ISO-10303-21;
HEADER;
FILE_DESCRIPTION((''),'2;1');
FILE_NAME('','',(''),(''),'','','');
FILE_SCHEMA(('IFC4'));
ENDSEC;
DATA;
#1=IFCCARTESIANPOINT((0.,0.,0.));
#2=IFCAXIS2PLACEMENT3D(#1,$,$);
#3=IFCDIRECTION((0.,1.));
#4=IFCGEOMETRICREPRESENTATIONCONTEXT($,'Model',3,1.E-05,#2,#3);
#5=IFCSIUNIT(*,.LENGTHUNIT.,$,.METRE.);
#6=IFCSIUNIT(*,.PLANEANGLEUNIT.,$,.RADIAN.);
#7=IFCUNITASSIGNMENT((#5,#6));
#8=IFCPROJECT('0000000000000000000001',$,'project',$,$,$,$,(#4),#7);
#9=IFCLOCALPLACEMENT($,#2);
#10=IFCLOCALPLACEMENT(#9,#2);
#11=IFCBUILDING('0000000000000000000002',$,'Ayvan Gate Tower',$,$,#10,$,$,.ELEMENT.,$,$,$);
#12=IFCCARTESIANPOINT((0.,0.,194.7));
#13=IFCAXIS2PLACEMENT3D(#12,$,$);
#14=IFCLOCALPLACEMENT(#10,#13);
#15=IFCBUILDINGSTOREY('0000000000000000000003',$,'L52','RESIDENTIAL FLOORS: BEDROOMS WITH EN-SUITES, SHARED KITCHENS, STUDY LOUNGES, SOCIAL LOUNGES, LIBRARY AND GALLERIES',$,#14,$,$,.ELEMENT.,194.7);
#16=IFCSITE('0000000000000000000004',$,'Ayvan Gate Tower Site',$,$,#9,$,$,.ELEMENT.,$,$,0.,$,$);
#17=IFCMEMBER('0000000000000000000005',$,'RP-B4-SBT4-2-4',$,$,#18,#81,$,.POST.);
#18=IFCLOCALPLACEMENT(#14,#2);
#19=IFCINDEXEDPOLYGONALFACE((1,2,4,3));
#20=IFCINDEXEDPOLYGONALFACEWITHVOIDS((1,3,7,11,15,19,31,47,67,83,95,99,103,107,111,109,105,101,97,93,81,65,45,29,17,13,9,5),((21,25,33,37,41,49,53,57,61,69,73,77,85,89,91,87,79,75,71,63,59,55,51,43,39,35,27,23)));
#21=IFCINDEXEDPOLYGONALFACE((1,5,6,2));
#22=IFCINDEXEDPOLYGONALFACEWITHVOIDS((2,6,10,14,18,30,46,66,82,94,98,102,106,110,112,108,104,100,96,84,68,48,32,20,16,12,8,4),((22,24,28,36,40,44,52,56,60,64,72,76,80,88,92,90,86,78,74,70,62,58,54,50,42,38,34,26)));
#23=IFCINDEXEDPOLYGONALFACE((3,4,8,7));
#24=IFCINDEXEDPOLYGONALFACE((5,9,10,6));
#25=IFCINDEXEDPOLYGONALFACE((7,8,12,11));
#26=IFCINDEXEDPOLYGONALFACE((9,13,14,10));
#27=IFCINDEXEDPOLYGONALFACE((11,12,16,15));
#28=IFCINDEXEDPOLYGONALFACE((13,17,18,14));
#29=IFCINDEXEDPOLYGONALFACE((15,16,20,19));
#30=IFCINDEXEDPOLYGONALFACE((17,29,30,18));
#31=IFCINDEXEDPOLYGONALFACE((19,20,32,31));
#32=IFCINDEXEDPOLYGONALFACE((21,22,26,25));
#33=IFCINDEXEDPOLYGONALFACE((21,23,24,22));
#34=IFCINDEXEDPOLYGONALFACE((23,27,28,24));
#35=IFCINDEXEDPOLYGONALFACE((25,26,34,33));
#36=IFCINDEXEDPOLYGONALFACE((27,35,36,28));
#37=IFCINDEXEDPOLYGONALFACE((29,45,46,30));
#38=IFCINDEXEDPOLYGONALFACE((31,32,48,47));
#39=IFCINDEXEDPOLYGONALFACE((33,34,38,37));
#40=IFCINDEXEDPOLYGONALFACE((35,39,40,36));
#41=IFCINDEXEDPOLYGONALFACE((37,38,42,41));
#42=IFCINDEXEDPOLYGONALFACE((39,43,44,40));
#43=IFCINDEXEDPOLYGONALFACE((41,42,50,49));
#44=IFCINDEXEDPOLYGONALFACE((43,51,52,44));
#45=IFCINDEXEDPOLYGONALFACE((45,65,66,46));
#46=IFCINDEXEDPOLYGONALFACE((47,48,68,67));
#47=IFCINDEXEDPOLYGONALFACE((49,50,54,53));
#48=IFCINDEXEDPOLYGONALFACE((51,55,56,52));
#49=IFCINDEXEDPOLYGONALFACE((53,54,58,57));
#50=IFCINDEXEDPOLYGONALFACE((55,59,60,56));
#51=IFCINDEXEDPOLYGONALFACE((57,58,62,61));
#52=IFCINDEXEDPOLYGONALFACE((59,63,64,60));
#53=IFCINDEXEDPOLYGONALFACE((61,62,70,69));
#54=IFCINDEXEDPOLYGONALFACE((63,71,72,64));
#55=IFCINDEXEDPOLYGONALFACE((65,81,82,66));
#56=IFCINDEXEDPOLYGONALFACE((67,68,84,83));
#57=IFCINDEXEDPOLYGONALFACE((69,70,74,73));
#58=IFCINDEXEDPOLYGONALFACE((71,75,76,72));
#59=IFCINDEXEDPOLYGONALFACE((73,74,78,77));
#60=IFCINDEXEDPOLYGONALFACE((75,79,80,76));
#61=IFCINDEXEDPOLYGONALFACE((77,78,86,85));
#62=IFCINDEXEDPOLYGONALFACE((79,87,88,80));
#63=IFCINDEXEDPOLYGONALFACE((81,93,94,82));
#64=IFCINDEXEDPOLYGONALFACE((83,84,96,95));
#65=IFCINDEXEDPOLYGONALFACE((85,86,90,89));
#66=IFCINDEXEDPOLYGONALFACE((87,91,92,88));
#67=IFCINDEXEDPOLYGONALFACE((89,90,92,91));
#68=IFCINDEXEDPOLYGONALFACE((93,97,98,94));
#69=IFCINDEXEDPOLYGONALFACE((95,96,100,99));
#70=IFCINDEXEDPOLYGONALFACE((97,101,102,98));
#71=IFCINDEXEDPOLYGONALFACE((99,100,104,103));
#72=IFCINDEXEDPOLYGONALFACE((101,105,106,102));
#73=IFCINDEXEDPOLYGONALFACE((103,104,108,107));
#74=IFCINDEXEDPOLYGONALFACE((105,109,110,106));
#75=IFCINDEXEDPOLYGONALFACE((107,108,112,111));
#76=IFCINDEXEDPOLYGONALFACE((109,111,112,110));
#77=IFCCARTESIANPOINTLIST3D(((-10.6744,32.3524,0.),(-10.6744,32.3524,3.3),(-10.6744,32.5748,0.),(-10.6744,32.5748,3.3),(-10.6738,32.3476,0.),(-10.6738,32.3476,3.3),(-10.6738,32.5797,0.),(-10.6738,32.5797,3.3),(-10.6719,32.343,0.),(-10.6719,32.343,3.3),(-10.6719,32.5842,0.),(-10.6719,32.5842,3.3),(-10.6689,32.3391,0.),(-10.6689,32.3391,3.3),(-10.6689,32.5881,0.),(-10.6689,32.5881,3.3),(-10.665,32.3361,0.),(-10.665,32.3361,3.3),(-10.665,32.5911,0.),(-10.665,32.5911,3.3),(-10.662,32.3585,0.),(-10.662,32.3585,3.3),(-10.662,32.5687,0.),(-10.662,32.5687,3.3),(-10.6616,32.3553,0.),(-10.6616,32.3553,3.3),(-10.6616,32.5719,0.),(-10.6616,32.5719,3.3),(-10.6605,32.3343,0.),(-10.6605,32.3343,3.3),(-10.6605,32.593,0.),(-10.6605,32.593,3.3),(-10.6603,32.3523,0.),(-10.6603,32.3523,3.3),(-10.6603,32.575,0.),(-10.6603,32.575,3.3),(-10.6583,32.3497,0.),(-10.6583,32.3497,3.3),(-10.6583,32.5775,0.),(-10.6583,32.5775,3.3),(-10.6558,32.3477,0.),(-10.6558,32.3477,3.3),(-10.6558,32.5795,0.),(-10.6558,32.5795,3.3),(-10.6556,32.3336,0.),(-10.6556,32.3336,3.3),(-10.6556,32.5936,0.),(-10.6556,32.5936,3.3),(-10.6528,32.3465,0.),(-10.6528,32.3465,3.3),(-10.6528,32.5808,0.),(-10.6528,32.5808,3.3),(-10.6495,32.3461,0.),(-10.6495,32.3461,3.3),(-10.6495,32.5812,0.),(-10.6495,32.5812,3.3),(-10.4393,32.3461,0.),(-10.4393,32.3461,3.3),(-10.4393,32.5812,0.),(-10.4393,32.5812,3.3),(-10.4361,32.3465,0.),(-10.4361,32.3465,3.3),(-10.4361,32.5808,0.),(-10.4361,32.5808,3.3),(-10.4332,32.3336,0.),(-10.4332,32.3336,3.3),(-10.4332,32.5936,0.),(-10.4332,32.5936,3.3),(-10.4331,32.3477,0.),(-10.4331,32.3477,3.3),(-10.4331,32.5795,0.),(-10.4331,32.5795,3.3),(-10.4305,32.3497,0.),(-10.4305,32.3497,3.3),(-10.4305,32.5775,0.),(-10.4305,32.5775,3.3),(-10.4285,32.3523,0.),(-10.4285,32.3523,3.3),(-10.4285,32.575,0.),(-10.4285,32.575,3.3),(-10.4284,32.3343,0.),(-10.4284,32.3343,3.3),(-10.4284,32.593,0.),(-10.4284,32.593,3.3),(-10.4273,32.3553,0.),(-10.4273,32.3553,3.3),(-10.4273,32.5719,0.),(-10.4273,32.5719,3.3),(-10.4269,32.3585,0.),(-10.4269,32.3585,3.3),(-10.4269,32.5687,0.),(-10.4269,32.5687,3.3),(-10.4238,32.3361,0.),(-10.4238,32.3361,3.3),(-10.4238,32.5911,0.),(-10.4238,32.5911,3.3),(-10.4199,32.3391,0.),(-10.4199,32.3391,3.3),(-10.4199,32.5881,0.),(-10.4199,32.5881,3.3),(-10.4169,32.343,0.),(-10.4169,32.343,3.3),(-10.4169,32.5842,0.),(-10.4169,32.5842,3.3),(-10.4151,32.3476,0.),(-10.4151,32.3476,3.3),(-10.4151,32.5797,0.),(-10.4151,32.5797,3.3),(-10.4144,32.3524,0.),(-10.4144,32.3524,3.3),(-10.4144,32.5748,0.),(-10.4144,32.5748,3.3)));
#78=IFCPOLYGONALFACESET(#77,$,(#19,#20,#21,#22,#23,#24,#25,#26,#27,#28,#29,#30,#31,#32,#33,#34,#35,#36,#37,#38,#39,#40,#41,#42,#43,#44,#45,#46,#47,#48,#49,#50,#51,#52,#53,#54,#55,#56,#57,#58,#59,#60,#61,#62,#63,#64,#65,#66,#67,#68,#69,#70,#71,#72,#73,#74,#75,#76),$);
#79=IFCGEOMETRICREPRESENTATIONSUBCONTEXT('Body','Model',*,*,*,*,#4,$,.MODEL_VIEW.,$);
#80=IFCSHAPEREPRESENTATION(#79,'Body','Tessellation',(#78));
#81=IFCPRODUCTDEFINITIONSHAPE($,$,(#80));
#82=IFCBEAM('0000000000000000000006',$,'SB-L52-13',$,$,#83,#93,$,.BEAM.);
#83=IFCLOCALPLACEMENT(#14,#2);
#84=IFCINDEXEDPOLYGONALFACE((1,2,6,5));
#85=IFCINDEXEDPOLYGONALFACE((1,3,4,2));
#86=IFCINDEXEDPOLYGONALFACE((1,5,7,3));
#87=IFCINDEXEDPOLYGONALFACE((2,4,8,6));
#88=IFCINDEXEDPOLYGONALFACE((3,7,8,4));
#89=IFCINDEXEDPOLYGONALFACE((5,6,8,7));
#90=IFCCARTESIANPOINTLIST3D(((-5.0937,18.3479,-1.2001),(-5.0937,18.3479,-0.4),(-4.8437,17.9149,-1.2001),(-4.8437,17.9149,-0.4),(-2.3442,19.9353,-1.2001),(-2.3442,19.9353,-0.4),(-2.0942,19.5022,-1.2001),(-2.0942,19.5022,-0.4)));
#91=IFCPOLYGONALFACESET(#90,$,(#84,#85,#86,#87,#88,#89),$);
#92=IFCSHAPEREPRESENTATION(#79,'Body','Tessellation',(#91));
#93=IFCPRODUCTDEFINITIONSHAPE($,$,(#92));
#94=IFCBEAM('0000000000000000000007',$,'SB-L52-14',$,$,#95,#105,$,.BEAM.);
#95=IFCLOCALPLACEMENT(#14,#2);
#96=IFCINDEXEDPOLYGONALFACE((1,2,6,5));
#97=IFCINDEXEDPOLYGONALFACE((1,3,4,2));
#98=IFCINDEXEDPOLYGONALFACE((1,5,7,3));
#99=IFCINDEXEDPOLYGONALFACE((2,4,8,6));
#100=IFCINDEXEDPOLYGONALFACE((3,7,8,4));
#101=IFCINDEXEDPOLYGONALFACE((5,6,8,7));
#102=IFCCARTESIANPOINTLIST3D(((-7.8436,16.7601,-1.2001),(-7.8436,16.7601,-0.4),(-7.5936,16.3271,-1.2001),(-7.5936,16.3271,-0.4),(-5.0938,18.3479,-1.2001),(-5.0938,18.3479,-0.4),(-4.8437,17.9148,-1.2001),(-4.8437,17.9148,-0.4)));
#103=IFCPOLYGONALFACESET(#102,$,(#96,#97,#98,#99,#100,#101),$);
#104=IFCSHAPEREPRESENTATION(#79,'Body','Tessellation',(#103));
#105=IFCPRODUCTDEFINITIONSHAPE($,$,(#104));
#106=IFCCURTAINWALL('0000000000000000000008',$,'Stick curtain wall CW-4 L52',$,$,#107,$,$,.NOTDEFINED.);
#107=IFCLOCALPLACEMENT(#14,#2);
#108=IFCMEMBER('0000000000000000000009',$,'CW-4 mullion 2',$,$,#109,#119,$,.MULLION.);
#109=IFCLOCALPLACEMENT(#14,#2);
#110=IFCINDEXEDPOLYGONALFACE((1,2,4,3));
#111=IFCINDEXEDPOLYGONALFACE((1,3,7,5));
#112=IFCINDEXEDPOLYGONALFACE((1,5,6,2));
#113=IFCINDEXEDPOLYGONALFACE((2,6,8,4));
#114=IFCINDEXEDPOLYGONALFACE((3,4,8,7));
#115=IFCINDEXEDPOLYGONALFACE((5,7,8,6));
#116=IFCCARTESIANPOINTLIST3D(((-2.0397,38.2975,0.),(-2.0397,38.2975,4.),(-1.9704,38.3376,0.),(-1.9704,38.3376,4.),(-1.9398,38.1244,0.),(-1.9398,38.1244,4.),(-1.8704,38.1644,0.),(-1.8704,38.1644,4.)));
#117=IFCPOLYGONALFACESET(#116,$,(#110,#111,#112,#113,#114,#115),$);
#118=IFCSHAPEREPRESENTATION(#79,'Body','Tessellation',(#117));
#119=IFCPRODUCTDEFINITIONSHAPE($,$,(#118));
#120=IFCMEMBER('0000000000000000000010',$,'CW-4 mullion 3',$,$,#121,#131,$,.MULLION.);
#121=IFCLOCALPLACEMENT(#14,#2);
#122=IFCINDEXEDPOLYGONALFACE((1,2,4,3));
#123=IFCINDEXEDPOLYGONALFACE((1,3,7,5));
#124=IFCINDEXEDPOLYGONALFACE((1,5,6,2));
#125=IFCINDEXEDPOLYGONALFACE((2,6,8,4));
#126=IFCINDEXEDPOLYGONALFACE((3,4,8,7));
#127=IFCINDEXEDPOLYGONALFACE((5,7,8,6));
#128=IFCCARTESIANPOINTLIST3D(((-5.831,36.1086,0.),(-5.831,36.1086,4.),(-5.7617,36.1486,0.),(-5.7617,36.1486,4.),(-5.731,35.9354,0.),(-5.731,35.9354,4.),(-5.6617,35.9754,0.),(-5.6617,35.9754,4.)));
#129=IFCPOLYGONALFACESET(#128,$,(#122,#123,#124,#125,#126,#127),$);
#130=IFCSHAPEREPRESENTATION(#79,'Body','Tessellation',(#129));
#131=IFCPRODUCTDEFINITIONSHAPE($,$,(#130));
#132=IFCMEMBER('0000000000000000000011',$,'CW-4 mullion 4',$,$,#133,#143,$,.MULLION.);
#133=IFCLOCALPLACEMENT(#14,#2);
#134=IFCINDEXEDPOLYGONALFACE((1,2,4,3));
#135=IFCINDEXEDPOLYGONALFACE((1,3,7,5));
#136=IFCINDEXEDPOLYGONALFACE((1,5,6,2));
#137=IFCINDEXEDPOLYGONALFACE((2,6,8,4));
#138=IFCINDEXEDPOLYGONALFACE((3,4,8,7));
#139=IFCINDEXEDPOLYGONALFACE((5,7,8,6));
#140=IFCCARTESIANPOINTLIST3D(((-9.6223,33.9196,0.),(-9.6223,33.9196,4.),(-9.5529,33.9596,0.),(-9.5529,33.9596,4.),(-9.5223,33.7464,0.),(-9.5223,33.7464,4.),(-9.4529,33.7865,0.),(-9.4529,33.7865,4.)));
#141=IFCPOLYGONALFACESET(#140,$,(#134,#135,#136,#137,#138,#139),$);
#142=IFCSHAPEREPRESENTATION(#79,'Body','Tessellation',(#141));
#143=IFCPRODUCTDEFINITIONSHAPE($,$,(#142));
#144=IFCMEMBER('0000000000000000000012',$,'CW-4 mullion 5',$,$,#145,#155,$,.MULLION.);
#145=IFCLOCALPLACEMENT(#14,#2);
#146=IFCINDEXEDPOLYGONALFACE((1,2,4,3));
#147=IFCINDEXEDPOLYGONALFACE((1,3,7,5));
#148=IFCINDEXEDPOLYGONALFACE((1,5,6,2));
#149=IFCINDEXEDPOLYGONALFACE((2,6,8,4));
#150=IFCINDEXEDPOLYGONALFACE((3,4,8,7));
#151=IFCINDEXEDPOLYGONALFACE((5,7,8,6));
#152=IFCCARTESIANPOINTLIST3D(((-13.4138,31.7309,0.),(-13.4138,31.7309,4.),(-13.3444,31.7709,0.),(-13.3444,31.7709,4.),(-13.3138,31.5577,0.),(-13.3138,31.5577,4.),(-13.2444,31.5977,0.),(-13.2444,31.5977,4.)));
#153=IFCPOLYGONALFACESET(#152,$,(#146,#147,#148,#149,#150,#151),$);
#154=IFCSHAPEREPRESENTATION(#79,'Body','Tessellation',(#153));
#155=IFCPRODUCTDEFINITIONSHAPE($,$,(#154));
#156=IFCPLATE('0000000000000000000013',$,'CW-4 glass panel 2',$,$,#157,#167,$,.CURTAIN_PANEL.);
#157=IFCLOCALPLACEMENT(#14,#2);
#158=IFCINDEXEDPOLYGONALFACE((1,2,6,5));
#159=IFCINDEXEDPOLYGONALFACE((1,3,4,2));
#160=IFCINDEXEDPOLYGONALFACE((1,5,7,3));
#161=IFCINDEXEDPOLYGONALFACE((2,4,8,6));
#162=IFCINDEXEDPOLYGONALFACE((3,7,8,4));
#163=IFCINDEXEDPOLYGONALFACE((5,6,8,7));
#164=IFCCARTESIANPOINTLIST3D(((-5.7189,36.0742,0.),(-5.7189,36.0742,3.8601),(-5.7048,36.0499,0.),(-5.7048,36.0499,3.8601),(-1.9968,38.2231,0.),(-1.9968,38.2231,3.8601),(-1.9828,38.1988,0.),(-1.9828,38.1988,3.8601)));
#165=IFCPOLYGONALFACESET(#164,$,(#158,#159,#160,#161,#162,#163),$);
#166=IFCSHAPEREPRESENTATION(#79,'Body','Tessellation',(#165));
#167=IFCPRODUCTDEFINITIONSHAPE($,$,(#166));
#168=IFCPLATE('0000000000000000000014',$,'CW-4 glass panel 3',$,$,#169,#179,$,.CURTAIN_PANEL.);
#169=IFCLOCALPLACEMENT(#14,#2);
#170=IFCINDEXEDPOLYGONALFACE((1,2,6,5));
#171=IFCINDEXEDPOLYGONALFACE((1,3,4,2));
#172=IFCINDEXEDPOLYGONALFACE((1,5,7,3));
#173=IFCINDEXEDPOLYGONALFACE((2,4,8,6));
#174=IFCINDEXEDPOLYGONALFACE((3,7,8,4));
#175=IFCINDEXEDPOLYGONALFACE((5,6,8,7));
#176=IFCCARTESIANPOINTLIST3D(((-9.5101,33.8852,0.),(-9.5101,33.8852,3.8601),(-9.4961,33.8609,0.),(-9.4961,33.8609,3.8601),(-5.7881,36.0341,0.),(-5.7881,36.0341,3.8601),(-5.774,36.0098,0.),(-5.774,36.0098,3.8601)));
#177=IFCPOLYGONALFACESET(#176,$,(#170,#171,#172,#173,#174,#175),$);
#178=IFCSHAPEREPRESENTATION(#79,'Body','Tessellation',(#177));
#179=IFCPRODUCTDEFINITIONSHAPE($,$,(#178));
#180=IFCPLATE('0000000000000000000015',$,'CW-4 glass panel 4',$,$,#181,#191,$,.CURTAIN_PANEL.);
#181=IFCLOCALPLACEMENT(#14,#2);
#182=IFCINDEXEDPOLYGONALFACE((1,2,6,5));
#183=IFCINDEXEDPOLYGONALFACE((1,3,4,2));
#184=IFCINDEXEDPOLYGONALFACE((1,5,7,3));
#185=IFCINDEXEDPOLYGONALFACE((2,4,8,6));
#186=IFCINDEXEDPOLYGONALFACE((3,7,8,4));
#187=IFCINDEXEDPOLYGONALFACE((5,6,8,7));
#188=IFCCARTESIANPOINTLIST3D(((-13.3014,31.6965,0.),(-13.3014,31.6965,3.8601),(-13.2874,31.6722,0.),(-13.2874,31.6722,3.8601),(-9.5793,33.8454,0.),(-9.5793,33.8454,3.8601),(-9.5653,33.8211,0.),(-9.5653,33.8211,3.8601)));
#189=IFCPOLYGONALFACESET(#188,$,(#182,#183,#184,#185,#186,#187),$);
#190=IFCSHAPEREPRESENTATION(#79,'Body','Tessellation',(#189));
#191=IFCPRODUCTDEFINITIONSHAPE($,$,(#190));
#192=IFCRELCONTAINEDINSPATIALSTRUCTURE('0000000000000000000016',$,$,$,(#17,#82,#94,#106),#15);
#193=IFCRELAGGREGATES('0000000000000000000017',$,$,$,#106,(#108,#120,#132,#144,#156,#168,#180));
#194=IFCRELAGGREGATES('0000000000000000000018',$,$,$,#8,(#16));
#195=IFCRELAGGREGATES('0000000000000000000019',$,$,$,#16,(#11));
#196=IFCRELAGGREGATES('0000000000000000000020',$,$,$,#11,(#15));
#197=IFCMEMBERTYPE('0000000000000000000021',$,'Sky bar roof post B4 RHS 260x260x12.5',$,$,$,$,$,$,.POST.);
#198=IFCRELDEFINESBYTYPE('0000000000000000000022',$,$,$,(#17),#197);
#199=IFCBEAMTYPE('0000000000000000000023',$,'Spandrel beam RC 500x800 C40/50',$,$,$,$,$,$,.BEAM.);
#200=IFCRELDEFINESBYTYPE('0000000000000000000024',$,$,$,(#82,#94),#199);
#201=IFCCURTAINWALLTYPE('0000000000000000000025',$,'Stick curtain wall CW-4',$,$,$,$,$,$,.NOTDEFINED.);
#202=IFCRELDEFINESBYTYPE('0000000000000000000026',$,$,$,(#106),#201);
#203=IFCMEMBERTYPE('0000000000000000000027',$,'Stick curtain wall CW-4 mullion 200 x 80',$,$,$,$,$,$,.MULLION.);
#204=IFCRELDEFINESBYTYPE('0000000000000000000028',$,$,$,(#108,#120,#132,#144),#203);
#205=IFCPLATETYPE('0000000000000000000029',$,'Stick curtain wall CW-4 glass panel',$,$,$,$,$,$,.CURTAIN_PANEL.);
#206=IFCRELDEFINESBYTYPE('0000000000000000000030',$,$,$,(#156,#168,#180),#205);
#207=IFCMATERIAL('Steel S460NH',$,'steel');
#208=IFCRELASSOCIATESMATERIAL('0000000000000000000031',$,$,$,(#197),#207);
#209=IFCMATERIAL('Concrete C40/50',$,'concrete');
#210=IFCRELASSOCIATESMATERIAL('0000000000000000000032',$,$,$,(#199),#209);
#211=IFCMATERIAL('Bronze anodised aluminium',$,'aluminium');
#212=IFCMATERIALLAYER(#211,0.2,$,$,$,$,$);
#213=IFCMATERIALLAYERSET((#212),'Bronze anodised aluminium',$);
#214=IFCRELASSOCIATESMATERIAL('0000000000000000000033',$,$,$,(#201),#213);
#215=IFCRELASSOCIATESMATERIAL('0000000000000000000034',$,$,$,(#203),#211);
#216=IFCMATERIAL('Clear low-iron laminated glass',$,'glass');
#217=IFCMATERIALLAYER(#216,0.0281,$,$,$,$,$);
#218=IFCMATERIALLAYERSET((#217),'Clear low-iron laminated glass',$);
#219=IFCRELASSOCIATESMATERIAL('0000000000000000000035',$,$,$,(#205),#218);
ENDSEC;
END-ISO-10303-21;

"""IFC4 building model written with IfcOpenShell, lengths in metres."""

from ifc_helpers import new_model, si_unit, direction, frame, origin, origin_2d, place, context, subcontext, project, spatial, rectangle, hollow_rectangle, extrude, material, layer, layer_set, material_profile, profile_set, type_object, element, aggregate, save


model = new_model("IFC4")

# Units and contexts
model_context = context("Model", 3, precision=1e-05, world=origin(), true_north=direction((0.0, 1.0)))
body_context = subcontext(model_context, "Body", "Model", "MODEL_VIEW")
ifc_project = project(units=[si_unit("LENGTHUNIT", "METRE"), si_unit("PLANEANGLEUNIT", "RADIAN")], contexts=[model_context])

# Site, building, storey
site_placement = place(None, origin())
site = spatial("IfcSite", under=ifc_project, at=site_placement, Name="Ayvan Gate Tower Site", CompositionType="ELEMENT", RefElevation=0.0)
building_placement = place(site_placement, origin())
building = spatial("IfcBuilding", under=site, at=building_placement, Name="Ayvan Gate Tower", CompositionType="ELEMENT")
storey_placement = place(building_placement, frame((0.0, 0.0, 194.7)))
storey = spatial("IfcBuildingStorey", under=building, at=storey_placement, Name="L52", Description="RESIDENTIAL FLOORS: BEDROOMS WITH EN-SUITES, SHARED KITCHENS, STUDY LOUNGES, SOCIAL LOUNGES, LIBRARY AND GALLERIES", CompositionType="ELEMENT", Elevation=194.7)

# Shared definitions
ifc_material_1 = material(Name="Concrete C40/50", Category="concrete")

# Member
ifc_material_2 = material(Name="Steel S460NH", Category="steel")
ifc_material_profile_1 = material_profile(ifc_material_2, hollow_rectangle(XDim=0.26, YDim=0.26, WallThickness=0.0125, InnerFilletRadius=0.0125, OuterFilletRadius=0.0188, at=origin_2d()), Name="RHS 260x260x12.5")
ifc_profile_set_1 = profile_set([ifc_material_profile_1], Name="Steel S460NH")
member_type_1 = type_object("IfcMemberType", Name="Sky bar roof post B4 RHS 260x260x12.5", PredefinedType="POST", material=ifc_profile_set_1)
for number, where, z_axis, x_axis, name in (
    (1, (-10.5444, 32.4636, 0.0), (0.0, 0.0, 1.0), (1.0, 0.0, 0.0), "RP-B4-SBT4-2-4"),
):
    element("IfcMember", number, at=place(storey_placement, frame(where, z_axis=z_axis, x_axis=x_axis)), inside=storey, type_object=member_type_1, Name=name, PredefinedType="POST", context=body_context, shape_type="SweptSolid", body=[
        extrude(hollow_rectangle(XDim=0.26, YDim=0.26, WallThickness=0.0125, InnerFilletRadius=0.0125, OuterFilletRadius=0.0188, at=origin_2d()), origin(), (0.0, 0.0, 1.0), 3.3),
    ])

# Beams
ifc_material_profile_2 = material_profile(ifc_material_1, rectangle(XDim=0.5, YDim=0.8, at=origin_2d()), Name="RC 500x800")
ifc_profile_set_2 = profile_set([ifc_material_profile_2], Name="Concrete C40/50")
beam_type_1 = type_object("IfcBeamType", Name="Spandrel beam RC 500x800 C40/50", PredefinedType="BEAM", material=ifc_profile_set_2)
beam_1_placement = place(storey_placement, frame((-2.2192, 19.7188, -0.8), z_axis=(-0.866029, -0.499993, 0.0), x_axis=(0.499993, -0.866029, 0.0)))
element("IfcBeam", 2, at=beam_1_placement, inside=storey, type_object=beam_type_1, Name="SB-L52-13", PredefinedType="BEAM", context=body_context, shape_type="SweptSolid", body=[
    extrude(rectangle(XDim=0.5, YDim=0.8, at=origin_2d()), origin(), (0.0, 0.0, 1.0), 3.1748),
])
beam_2_placement = place(storey_placement, frame((-4.9688, 18.1313, -0.8), z_axis=(-0.866015, -0.500018, 0.0), x_axis=(0.500018, -0.866015, 0.0)))
element("IfcBeam", 3, at=beam_2_placement, inside=storey, type_object=beam_type_1, Name="SB-L52-14", PredefinedType="BEAM", context=body_context, shape_type="SweptSolid", body=[
    extrude(rectangle(XDim=0.5, YDim=0.8, at=origin_2d()), origin(), (0.0, 0.0, 1.0), 3.1753),
])

# Curtain wall, members, plates
ifc_material_3 = material(Name="Bronze anodised aluminium", Category="aluminium")
ifc_layer_1 = layer(ifc_material_3, 0.2)
ifc_layer_set_1 = layer_set([ifc_layer_1], Name="Bronze anodised aluminium")
curtain_wall_type = type_object("IfcCurtainWallType", Name="Stick curtain wall CW-4", PredefinedType="NOTDEFINED", material=ifc_layer_set_1)
curtain_wall_placement = place(storey_placement, origin())
curtain_wall = element("IfcCurtainWall", 4, at=curtain_wall_placement, inside=storey, type_object=curtain_wall_type, Name="Stick curtain wall CW-4 L52", PredefinedType="NOTDEFINED")
ifc_material_profile_3 = material_profile(ifc_material_3, rectangle(XDim=0.2, YDim=0.0801, at=origin_2d()), Name="Stick curtain wall CW-4 mullion 200 x 80")
ifc_profile_set_3 = profile_set([ifc_material_profile_3], Name="Bronze anodised aluminium")
member_type_2 = type_object("IfcMemberType", Name="Stick curtain wall CW-4 mullion 200 x 80", PredefinedType="MULLION", material=ifc_profile_set_3)
member_1_placement = place(storey_placement, frame((-1.9551, 38.231, 0.0), z_axis=(0.0, 0.0, 1.0), x_axis=(-0.5, 0.866025, 0.0)))
member_1 = element("IfcMember", 5, at=member_1_placement, type_object=member_type_2, Name="CW-4 mullion 2", PredefinedType="MULLION", context=body_context, shape_type="SweptSolid", body=[
    extrude(rectangle(XDim=0.2, YDim=0.0801, at=origin_2d()), origin(), (0.0, 0.0, 1.0), 4.0),
])
member_2_placement = place(storey_placement, frame((-5.7463, 36.042, 0.0), z_axis=(0.0, 0.0, 1.0), x_axis=(-0.5, 0.866025, 0.0)))
member_2 = element("IfcMember", 6, at=member_2_placement, type_object=member_type_2, Name="CW-4 mullion 3", PredefinedType="MULLION", context=body_context, shape_type="SweptSolid", body=[
    extrude(rectangle(XDim=0.2, YDim=0.0801, at=origin_2d()), origin(), (0.0, 0.0, 1.0), 4.0),
])
member_3_placement = place(storey_placement, frame((-9.5376, 33.853, 0.0), z_axis=(0.0, 0.0, 1.0), x_axis=(-0.5, 0.866025, 0.0)))
member_3 = element("IfcMember", 7, at=member_3_placement, type_object=member_type_2, Name="CW-4 mullion 4", PredefinedType="MULLION", context=body_context, shape_type="SweptSolid", body=[
    extrude(rectangle(XDim=0.2, YDim=0.0801, at=origin_2d()), origin(), (0.0, 0.0, 1.0), 4.0),
])
member_4_placement = place(storey_placement, frame((-13.3291, 31.6643, 0.0), z_axis=(0.0, 0.0, 1.0), x_axis=(-0.5, 0.866025, 0.0)))
member_4 = element("IfcMember", 8, at=member_4_placement, type_object=member_type_2, Name="CW-4 mullion 5", PredefinedType="MULLION", context=body_context, shape_type="SweptSolid", body=[
    extrude(rectangle(XDim=0.2, YDim=0.0801, at=origin_2d()), origin(), (0.0, 0.0, 1.0), 4.0),
])
ifc_material_4 = material(Name="Clear low-iron laminated glass", Category="glass")
ifc_layer_2 = layer(ifc_material_4, 0.0281)
ifc_layer_set_2 = layer_set([ifc_layer_2], Name="Clear low-iron laminated glass")
plate_type = type_object("IfcPlateType", Name="Stick curtain wall CW-4 glass panel", PredefinedType="CURTAIN_PANEL", material=ifc_layer_set_2)
plate_1_placement = place(storey_placement, frame((-3.8508, 37.1365, 0.0), z_axis=(0.0, 0.0, 1.0), x_axis=(-0.866025, -0.5, 0.0)))
plate_1 = element("IfcPlate", 9, at=plate_1_placement, type_object=plate_type, Name="CW-4 glass panel 2", PredefinedType="CURTAIN_PANEL", context=body_context, shape_type="SweptSolid", body=[
    extrude(rectangle(XDim=4.2979, YDim=0.0281, at=origin_2d()), origin(), (0.0, 0.0, 1.0), 3.8601),
])
plate_2_placement = place(storey_placement, frame((-7.6421, 34.9475, 0.0), z_axis=(0.0, 0.0, 1.0), x_axis=(-0.866025, -0.5, 0.0)))
plate_2 = element("IfcPlate", 10, at=plate_2_placement, type_object=plate_type, Name="CW-4 glass panel 3", PredefinedType="CURTAIN_PANEL", context=body_context, shape_type="SweptSolid", body=[
    extrude(rectangle(XDim=4.2979, YDim=0.0281, at=origin_2d()), origin(), (0.0, 0.0, 1.0), 3.8601),
])
plate_3_placement = place(storey_placement, frame((-11.4333, 32.7588, 0.0), z_axis=(0.0, 0.0, 1.0), x_axis=(-0.866025, -0.5, 0.0)))
plate_3 = element("IfcPlate", 11, at=plate_3_placement, type_object=plate_type, Name="CW-4 glass panel 4", PredefinedType="CURTAIN_PANEL", context=body_context, shape_type="SweptSolid", body=[
    extrude(rectangle(XDim=4.2979, YDim=0.0281, at=origin_2d()), origin(), (0.0, 0.0, 1.0), 3.8601),
])
aggregate(curtain_wall, [member_1, member_2, member_3, member_4, plate_1, plate_2, plate_3])

save(model, "model.ifc")
